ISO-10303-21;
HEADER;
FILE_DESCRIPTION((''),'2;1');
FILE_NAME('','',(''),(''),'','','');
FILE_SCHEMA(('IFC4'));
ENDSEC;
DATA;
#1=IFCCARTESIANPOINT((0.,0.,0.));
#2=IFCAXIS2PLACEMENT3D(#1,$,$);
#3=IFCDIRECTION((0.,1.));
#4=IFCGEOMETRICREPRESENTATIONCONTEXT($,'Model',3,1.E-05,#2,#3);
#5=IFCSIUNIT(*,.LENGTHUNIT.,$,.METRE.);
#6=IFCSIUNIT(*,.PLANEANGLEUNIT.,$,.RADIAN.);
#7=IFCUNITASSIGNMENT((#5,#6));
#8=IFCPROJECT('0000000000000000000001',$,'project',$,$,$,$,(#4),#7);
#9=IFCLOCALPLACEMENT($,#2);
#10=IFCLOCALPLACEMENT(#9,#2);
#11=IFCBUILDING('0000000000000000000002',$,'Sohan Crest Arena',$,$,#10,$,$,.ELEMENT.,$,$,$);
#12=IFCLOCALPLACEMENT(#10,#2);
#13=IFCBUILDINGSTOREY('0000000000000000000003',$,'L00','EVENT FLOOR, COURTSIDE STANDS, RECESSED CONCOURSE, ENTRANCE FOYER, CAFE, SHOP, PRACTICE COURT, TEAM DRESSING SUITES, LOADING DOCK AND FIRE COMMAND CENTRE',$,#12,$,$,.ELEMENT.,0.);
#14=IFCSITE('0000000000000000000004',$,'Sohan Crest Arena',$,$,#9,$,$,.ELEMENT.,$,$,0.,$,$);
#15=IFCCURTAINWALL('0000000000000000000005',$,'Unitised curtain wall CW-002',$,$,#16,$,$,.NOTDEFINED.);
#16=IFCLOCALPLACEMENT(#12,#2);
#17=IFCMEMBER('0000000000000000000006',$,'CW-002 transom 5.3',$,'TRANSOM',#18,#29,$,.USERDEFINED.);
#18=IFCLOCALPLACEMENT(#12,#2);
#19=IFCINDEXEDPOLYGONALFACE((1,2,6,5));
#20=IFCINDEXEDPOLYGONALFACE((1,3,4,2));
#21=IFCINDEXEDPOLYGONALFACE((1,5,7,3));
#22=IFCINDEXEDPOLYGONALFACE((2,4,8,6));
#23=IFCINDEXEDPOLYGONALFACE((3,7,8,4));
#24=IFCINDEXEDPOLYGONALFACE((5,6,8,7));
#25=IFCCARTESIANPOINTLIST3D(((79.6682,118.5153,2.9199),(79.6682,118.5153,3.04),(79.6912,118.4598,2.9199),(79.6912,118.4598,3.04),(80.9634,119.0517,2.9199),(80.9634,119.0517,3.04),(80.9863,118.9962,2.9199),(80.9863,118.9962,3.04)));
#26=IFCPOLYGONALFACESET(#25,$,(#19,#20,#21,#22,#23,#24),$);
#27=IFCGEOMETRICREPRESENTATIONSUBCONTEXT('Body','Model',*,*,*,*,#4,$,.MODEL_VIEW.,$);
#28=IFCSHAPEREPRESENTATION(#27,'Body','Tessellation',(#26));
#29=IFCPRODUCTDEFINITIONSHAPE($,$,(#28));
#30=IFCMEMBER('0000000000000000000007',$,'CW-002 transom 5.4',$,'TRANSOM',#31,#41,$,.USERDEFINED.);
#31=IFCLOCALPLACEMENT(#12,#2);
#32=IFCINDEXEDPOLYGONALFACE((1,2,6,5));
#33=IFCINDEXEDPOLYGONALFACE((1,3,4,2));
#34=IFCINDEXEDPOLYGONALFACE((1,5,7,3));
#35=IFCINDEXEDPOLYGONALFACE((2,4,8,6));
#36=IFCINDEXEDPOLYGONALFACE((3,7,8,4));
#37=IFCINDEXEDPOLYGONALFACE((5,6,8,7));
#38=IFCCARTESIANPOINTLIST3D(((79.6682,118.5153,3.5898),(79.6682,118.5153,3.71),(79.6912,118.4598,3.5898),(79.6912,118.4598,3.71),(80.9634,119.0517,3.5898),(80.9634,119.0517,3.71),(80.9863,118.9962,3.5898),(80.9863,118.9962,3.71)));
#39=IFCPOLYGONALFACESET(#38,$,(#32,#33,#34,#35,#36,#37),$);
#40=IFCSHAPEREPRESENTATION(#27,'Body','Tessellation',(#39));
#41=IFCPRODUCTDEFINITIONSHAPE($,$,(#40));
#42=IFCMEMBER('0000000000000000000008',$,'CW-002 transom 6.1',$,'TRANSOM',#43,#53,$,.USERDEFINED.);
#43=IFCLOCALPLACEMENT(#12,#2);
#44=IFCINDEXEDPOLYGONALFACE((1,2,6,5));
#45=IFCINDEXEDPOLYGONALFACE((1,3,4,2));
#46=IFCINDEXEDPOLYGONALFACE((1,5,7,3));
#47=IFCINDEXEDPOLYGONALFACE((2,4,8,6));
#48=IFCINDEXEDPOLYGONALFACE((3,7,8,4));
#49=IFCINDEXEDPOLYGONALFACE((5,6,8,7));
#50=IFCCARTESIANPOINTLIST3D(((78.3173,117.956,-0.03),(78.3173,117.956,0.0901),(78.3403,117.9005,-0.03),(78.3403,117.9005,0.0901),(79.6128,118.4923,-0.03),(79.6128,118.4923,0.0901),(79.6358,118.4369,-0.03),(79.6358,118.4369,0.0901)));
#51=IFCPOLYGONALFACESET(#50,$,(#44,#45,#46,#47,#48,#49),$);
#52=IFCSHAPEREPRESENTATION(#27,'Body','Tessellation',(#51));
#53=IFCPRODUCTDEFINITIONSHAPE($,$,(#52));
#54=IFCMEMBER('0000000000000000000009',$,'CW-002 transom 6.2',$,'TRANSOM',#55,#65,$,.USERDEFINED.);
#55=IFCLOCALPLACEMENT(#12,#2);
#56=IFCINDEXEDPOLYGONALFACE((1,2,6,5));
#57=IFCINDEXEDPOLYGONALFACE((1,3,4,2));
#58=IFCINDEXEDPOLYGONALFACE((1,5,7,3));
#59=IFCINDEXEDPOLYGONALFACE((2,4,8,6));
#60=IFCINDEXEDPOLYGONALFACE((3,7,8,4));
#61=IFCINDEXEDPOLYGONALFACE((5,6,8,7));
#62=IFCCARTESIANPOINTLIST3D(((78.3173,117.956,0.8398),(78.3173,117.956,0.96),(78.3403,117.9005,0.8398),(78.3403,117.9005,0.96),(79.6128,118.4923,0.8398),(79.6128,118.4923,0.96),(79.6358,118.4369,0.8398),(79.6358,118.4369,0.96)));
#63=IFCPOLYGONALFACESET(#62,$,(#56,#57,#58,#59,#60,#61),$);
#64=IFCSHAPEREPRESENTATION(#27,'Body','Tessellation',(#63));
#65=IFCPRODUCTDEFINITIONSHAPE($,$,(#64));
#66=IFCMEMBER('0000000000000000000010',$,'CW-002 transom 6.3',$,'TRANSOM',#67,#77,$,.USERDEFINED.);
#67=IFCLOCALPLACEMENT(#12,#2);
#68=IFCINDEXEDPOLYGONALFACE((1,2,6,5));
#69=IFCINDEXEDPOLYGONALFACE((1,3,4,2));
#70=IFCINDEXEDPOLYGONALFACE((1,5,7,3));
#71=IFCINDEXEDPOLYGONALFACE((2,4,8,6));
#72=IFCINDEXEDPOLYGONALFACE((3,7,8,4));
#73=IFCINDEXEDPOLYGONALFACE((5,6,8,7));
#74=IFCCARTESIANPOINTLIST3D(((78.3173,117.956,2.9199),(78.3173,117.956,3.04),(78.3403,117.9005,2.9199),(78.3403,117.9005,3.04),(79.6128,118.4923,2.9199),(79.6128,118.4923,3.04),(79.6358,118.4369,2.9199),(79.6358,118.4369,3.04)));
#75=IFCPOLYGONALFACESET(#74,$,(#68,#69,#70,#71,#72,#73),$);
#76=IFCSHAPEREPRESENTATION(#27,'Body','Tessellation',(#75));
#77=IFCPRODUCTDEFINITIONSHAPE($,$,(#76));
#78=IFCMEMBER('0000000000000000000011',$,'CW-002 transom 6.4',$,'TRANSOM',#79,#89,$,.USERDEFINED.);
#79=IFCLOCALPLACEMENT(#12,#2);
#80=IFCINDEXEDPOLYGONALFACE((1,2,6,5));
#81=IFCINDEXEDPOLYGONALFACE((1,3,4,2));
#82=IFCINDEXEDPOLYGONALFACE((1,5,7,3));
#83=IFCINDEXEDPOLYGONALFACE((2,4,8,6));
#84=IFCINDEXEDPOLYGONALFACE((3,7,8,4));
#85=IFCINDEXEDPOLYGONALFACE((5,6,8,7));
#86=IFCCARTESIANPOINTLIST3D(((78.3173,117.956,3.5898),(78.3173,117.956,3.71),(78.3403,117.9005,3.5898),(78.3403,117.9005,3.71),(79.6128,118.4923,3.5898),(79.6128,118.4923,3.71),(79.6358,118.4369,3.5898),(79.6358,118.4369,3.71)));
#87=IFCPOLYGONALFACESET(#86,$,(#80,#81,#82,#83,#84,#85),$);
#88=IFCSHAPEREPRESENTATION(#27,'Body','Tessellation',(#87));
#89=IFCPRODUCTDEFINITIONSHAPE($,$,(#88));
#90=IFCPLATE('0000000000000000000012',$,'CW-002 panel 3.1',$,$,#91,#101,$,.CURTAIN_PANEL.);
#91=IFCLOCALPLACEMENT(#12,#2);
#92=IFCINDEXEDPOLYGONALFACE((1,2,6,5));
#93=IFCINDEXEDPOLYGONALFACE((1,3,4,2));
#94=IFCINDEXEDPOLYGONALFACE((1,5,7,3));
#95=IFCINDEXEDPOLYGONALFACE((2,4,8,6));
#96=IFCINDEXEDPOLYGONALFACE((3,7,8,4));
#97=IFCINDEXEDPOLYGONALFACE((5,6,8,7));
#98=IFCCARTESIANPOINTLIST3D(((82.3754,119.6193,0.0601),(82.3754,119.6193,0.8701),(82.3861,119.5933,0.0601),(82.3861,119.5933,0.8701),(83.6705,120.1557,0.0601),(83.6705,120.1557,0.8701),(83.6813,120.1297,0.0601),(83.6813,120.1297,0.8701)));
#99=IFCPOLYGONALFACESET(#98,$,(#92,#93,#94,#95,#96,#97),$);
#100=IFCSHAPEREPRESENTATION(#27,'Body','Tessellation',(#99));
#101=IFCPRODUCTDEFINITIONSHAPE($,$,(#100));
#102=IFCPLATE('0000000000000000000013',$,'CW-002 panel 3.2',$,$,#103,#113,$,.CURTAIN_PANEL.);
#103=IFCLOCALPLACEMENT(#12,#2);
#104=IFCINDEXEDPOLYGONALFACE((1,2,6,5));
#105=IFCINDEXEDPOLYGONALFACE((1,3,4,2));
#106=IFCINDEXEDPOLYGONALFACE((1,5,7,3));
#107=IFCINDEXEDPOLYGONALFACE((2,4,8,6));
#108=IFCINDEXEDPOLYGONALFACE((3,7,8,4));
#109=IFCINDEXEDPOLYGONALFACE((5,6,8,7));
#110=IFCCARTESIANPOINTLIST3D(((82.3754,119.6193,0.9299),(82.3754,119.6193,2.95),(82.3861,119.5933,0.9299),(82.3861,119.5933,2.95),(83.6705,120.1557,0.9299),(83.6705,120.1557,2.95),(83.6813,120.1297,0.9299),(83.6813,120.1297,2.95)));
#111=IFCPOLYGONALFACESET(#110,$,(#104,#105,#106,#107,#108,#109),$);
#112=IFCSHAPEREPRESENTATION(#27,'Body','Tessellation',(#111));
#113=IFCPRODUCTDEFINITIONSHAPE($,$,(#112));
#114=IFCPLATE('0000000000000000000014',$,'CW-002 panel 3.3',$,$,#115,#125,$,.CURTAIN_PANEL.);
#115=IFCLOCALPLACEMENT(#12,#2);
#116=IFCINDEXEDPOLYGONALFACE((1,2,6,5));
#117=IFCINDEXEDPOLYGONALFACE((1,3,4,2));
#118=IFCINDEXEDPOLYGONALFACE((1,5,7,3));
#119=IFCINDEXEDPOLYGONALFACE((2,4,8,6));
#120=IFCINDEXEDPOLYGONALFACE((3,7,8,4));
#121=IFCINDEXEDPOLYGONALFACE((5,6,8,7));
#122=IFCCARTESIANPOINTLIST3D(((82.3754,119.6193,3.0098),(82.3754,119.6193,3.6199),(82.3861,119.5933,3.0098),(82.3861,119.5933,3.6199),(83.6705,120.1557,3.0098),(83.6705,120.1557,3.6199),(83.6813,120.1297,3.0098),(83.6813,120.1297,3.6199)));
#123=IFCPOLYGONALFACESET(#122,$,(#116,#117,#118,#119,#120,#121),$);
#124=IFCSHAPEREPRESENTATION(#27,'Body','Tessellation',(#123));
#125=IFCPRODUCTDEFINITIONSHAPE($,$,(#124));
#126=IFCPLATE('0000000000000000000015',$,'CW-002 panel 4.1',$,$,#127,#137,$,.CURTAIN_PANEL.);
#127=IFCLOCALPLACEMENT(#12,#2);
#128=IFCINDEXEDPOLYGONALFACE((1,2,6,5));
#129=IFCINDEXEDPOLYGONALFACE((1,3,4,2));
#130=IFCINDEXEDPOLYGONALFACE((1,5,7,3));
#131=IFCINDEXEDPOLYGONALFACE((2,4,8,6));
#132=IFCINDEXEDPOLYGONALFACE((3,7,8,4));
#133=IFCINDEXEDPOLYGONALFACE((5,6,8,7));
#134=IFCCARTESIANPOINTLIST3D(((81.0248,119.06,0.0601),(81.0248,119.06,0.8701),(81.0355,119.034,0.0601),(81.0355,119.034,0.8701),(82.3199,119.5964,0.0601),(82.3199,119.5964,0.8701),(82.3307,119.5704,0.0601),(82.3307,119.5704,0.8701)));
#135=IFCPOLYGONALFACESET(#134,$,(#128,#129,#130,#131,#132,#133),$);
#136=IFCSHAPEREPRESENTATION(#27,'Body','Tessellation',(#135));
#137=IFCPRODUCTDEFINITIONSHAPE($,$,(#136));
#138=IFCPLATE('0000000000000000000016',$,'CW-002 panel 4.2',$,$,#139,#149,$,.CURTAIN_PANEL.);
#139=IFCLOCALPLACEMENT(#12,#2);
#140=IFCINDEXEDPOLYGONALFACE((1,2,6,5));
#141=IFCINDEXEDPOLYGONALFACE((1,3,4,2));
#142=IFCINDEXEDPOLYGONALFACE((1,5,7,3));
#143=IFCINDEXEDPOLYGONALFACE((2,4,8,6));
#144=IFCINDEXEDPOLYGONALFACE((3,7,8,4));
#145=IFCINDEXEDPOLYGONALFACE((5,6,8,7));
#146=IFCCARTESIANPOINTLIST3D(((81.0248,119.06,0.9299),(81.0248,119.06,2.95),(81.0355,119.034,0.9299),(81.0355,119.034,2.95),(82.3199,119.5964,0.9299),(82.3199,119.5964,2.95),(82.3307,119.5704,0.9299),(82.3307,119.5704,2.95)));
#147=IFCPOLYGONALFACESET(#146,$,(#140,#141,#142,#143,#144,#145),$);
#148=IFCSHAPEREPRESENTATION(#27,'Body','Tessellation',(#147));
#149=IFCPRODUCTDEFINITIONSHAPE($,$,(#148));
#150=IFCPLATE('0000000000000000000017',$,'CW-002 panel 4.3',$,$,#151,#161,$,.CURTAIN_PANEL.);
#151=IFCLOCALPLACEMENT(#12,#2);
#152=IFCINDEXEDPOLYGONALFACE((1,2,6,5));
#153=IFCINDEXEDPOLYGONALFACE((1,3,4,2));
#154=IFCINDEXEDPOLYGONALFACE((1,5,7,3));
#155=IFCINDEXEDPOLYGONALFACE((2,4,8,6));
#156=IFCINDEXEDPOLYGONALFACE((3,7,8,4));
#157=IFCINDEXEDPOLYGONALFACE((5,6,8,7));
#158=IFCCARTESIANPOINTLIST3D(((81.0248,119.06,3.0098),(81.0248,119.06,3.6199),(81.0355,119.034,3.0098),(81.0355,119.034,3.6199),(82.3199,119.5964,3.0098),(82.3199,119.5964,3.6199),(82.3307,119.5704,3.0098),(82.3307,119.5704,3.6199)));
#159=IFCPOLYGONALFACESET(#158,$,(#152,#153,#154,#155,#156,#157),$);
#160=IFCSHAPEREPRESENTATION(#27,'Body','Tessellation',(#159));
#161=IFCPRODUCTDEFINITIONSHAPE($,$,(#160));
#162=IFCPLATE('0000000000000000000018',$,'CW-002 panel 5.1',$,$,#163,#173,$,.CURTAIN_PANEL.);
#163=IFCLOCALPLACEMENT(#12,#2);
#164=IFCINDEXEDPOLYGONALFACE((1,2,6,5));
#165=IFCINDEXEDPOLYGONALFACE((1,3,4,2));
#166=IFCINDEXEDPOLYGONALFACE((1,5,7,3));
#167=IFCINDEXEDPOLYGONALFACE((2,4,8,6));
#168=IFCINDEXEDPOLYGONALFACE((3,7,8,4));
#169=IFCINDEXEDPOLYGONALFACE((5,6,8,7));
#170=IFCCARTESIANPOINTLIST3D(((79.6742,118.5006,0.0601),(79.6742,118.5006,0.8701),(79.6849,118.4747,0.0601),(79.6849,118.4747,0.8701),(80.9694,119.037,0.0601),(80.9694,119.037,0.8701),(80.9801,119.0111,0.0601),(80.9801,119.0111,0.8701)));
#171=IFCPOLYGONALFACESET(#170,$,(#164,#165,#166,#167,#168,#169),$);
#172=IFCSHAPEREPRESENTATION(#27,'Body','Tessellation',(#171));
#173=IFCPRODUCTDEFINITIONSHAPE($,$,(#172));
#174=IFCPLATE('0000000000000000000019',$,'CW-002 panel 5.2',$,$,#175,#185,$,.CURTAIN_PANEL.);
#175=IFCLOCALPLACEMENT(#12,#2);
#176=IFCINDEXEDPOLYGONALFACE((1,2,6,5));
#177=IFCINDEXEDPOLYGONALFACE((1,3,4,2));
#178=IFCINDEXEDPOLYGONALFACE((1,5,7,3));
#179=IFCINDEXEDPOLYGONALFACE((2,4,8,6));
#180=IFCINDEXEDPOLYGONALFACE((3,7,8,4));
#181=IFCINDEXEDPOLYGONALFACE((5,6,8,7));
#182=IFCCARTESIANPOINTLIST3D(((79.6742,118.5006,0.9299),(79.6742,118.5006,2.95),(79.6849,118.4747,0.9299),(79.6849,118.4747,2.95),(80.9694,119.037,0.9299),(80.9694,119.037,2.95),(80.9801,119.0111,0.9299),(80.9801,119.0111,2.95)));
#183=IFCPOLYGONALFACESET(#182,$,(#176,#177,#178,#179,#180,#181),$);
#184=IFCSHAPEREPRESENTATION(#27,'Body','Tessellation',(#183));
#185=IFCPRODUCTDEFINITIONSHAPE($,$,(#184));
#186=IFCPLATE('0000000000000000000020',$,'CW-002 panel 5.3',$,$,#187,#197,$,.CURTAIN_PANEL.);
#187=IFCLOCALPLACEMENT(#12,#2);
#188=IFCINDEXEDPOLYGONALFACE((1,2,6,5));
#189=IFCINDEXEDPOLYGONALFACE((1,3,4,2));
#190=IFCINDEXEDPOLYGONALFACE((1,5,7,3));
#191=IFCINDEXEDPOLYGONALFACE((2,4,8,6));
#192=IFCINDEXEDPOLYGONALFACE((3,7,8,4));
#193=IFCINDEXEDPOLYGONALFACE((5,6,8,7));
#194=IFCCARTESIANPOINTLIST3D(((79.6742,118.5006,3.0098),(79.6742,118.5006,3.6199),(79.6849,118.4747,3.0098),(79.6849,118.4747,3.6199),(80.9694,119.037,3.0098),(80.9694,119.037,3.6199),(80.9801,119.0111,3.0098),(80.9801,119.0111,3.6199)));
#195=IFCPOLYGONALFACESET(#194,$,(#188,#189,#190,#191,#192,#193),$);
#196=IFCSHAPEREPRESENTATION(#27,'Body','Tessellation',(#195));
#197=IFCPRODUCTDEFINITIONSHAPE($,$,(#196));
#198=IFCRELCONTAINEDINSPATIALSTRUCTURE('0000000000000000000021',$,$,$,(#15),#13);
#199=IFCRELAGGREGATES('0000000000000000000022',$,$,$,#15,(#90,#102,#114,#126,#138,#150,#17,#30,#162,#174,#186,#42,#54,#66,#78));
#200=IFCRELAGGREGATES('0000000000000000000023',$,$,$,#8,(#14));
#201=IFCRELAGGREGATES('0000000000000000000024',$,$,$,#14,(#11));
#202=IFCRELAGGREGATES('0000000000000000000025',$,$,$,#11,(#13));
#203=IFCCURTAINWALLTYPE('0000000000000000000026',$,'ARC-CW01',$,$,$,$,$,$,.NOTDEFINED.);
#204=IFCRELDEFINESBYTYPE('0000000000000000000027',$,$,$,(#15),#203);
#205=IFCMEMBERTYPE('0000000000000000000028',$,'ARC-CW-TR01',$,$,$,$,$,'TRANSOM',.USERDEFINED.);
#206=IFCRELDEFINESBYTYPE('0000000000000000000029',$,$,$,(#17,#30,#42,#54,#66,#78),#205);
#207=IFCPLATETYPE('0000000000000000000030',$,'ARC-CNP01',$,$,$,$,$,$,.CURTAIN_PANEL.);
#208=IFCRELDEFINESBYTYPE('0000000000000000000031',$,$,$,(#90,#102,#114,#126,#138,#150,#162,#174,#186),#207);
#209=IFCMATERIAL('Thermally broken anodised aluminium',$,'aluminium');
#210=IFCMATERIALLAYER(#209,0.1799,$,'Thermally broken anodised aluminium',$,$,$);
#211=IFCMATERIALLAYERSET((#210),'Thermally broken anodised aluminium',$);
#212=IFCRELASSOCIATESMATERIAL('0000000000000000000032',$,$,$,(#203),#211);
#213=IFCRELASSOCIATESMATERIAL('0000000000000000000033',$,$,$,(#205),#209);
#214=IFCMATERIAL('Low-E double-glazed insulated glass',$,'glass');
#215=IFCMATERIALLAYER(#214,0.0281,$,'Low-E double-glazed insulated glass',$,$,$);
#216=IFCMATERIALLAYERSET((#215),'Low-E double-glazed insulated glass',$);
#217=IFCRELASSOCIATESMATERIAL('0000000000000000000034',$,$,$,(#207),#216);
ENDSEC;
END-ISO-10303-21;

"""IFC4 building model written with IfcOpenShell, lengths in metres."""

from ifc_helpers import new_model, si_unit, direction, frame, origin, origin_2d, place, context, subcontext, project, spatial, rectangle, extrude, material, layer, layer_set, material_profile, profile_set, type_object, element, aggregate, save


model = new_model("IFC4")

# Units and contexts
model_context = context("Model", 3, precision=1e-05, world=origin(), true_north=direction((0.0, 1.0)))
body_context = subcontext(model_context, "Body", "Model", "MODEL_VIEW")
ifc_project = project(units=[si_unit("LENGTHUNIT", "METRE"), si_unit("PLANEANGLEUNIT", "RADIAN")], contexts=[model_context])

# Site, building, storey
site_placement = place(None, origin())
site = spatial("IfcSite", under=ifc_project, at=site_placement, Name="Sohan Crest Arena", CompositionType="ELEMENT", RefElevation=0.0)
building_placement = place(site_placement, origin())
building = spatial("IfcBuilding", under=site, at=building_placement, Name="Sohan Crest Arena", CompositionType="ELEMENT")
storey_placement = place(building_placement, origin())
storey = spatial("IfcBuildingStorey", under=building, at=storey_placement, Name="L00", Description="EVENT FLOOR, COURTSIDE STANDS, RECESSED CONCOURSE, ENTRANCE FOYER, CAFE, SHOP, PRACTICE COURT, TEAM DRESSING SUITES, LOADING DOCK AND FIRE COMMAND CENTRE", CompositionType="ELEMENT", Elevation=0.0)

# Curtain wall, members, plates
ifc_material_1 = material(Name="Thermally broken anodised aluminium", Category="aluminium")
ifc_layer_1 = layer(ifc_material_1, 0.1799, Name="Thermally broken anodised aluminium")
ifc_layer_set_1 = layer_set([ifc_layer_1], Name="Thermally broken anodised aluminium")
curtain_wall_type = type_object("IfcCurtainWallType", Name="ARC-CW01", PredefinedType="NOTDEFINED", material=ifc_layer_set_1)
curtain_wall_placement = place(storey_placement, origin())
curtain_wall = element("IfcCurtainWall", 1, at=curtain_wall_placement, inside=storey, type_object=curtain_wall_type, Name="Unitised curtain wall CW-002", PredefinedType="NOTDEFINED")
ifc_material_profile_1 = material_profile(ifc_material_1, rectangle(XDim=0.0601, YDim=0.1201, at=origin_2d()), Name="ALU-TRAN 60x120")
ifc_profile_set_1 = profile_set([ifc_material_profile_1], Name="Thermally broken anodised aluminium")
member_type_1 = type_object("IfcMemberType", Name="ARC-CW-TR01", ElementType="TRANSOM", PredefinedType="USERDEFINED", material=ifc_profile_set_1)
member_1_placement = place(storey_placement, frame((80.9749, 119.0239, 2.98), z_axis=(-0.923904, -0.382624, 0.0), x_axis=(0.382624, -0.923904, 0.0)))
member_1 = element("IfcMember", 2, at=member_1_placement, type_object=member_type_1, Name="CW-002 transom 5.3", ObjectType="TRANSOM", PredefinedType="USERDEFINED", context=body_context, shape_type="SweptSolid", body=[
    extrude(rectangle(XDim=0.0601, YDim=0.1201, at=origin_2d()), origin(), (0.0, 0.0, 1.0), 1.4019),
])
member_2_placement = place(storey_placement, frame((80.9749, 119.0239, 3.6499), z_axis=(-0.923904, -0.382624, 0.0), x_axis=(0.382624, -0.923904, 0.0)))
member_2 = element("IfcMember", 3, at=member_2_placement, type_object=member_type_1, Name="CW-002 transom 5.4", ObjectType="TRANSOM", PredefinedType="USERDEFINED", context=body_context, shape_type="SweptSolid", body=[
    extrude(rectangle(XDim=0.0601, YDim=0.1201, at=origin_2d()), origin(), (0.0, 0.0, 1.0), 1.4019),
])
member_3_placement = place(storey_placement, frame((79.6243, 118.4646, 0.03), z_axis=(-0.92393, -0.382562, 0.0), x_axis=(0.382562, -0.92393, 0.0)))
member_3 = element("IfcMember", 4, at=member_3_placement, type_object=member_type_1, Name="CW-002 transom 6.1", ObjectType="TRANSOM", PredefinedType="USERDEFINED", context=body_context, shape_type="SweptSolid", body=[
    extrude(rectangle(XDim=0.0601, YDim=0.1201, at=origin_2d()), origin(), (0.0, 0.0, 1.0), 1.4021),
])
member_4_placement = place(storey_placement, frame((79.6243, 118.4646, 0.8999), z_axis=(-0.92393, -0.382562, 0.0), x_axis=(0.382562, -0.92393, 0.0)))
member_4 = element("IfcMember", 5, at=member_4_placement, type_object=member_type_1, Name="CW-002 transom 6.2", ObjectType="TRANSOM", PredefinedType="USERDEFINED", context=body_context, shape_type="SweptSolid", body=[
    extrude(rectangle(XDim=0.0601, YDim=0.1201, at=origin_2d()), origin(), (0.0, 0.0, 1.0), 1.4021),
])
member_5_placement = place(storey_placement, frame((79.6243, 118.4646, 2.98), z_axis=(-0.92393, -0.382562, 0.0), x_axis=(0.382562, -0.92393, 0.0)))
member_5 = element("IfcMember", 6, at=member_5_placement, type_object=member_type_1, Name="CW-002 transom 6.3", ObjectType="TRANSOM", PredefinedType="USERDEFINED", context=body_context, shape_type="SweptSolid", body=[
    extrude(rectangle(XDim=0.0601, YDim=0.1201, at=origin_2d()), origin(), (0.0, 0.0, 1.0), 1.4021),
])
member_6_placement = place(storey_placement, frame((79.6243, 118.4646, 3.6499), z_axis=(-0.92393, -0.382562, 0.0), x_axis=(0.382562, -0.92393, 0.0)))
member_6 = element("IfcMember", 7, at=member_6_placement, type_object=member_type_1, Name="CW-002 transom 6.4", ObjectType="TRANSOM", PredefinedType="USERDEFINED", context=body_context, shape_type="SweptSolid", body=[
    extrude(rectangle(XDim=0.0601, YDim=0.1201, at=origin_2d()), origin(), (0.0, 0.0, 1.0), 1.4021),
])
ifc_material_2 = material(Name="Low-E double-glazed insulated glass", Category="glass")
ifc_layer_2 = layer(ifc_material_2, 0.0281, Name="Low-E double-glazed insulated glass")
ifc_layer_set_2 = layer_set([ifc_layer_2], Name="Low-E double-glazed insulated glass")
plate_type = type_object("IfcPlateType", Name="ARC-CNP01", PredefinedType="CURTAIN_PANEL", material=ifc_layer_set_2)
plate_1_placement = place(storey_placement, frame((83.0283, 119.8745, 0.0601), z_axis=(0.0, 0.0, 1.0), x_axis=(-0.923897, -0.382641, 0.0)))
plate_1 = element("IfcPlate", 8, at=plate_1_placement, type_object=plate_type, Name="CW-002 panel 3.1", PredefinedType="CURTAIN_PANEL", context=body_context, shape_type="SweptSolid", body=[
    extrude(rectangle(XDim=1.4019, YDim=0.0281, at=origin_2d()), origin(), (0.0, 0.0, 1.0), 0.8101),
])
plate_2_placement = place(storey_placement, frame((83.0283, 119.8745, 0.9299), z_axis=(0.0, 0.0, 1.0), x_axis=(-0.923897, -0.382641, 0.0)))
plate_2 = element("IfcPlate", 9, at=plate_2_placement, type_object=plate_type, Name="CW-002 panel 3.2", PredefinedType="CURTAIN_PANEL", context=body_context, shape_type="SweptSolid", body=[
    extrude(rectangle(XDim=1.4019, YDim=0.0281, at=origin_2d()), origin(), (0.0, 0.0, 1.0), 2.02),
])
plate_3_placement = place(storey_placement, frame((83.0283, 119.8745, 3.0098), z_axis=(0.0, 0.0, 1.0), x_axis=(-0.923897, -0.382641, 0.0)))
plate_3 = element("IfcPlate", 10, at=plate_3_placement, type_object=plate_type, Name="CW-002 panel 3.3", PredefinedType="CURTAIN_PANEL", context=body_context, shape_type="SweptSolid", body=[
    extrude(rectangle(XDim=1.4019, YDim=0.0281, at=origin_2d()), origin(), (0.0, 0.0, 1.0), 0.6101),
])
plate_4_placement = place(storey_placement, frame((81.6777, 119.3152, 0.0601), z_axis=(0.0, 0.0, 1.0), x_axis=(-0.923897, -0.382641, 0.0)))
plate_4 = element("IfcPlate", 11, at=plate_4_placement, type_object=plate_type, Name="CW-002 panel 4.1", PredefinedType="CURTAIN_PANEL", context=body_context, shape_type="SweptSolid", body=[
    extrude(rectangle(XDim=1.4019, YDim=0.0281, at=origin_2d()), origin(), (0.0, 0.0, 1.0), 0.8101),
])
plate_5_placement = place(storey_placement, frame((81.6777, 119.3152, 0.9299), z_axis=(0.0, 0.0, 1.0), x_axis=(-0.923897, -0.382641, 0.0)))
plate_5 = element("IfcPlate", 12, at=plate_5_placement, type_object=plate_type, Name="CW-002 panel 4.2", PredefinedType="CURTAIN_PANEL", context=body_context, shape_type="SweptSolid", body=[
    extrude(rectangle(XDim=1.4019, YDim=0.0281, at=origin_2d()), origin(), (0.0, 0.0, 1.0), 2.02),
])
plate_6_placement = place(storey_placement, frame((81.6777, 119.3152, 3.0098), z_axis=(0.0, 0.0, 1.0), x_axis=(-0.923897, -0.382641, 0.0)))
plate_6 = element("IfcPlate", 13, at=plate_6_placement, type_object=plate_type, Name="CW-002 panel 4.3", PredefinedType="CURTAIN_PANEL", context=body_context, shape_type="SweptSolid", body=[
    extrude(rectangle(XDim=1.4019, YDim=0.0281, at=origin_2d()), origin(), (0.0, 0.0, 1.0), 0.6101),
])
plate_7_placement = place(storey_placement, frame((80.3271, 118.7559, 0.0601), z_axis=(0.0, 0.0, 1.0), x_axis=(-0.923897, -0.382641, 0.0)))
plate_7 = element("IfcPlate", 14, at=plate_7_placement, type_object=plate_type, Name="CW-002 panel 5.1", PredefinedType="CURTAIN_PANEL", context=body_context, shape_type="SweptSolid", body=[
    extrude(rectangle(XDim=1.4019, YDim=0.0281, at=origin_2d()), origin(), (0.0, 0.0, 1.0), 0.8101),
])
plate_8_placement = place(storey_placement, frame((80.3271, 118.7559, 0.9299), z_axis=(0.0, 0.0, 1.0), x_axis=(-0.923897, -0.382641, 0.0)))
plate_8 = element("IfcPlate", 15, at=plate_8_placement, type_object=plate_type, Name="CW-002 panel 5.2", PredefinedType="CURTAIN_PANEL", context=body_context, shape_type="SweptSolid", body=[
    extrude(rectangle(XDim=1.4019, YDim=0.0281, at=origin_2d()), origin(), (0.0, 0.0, 1.0), 2.02),
])
plate_9_placement = place(storey_placement, frame((80.3271, 118.7559, 3.0098), z_axis=(0.0, 0.0, 1.0), x_axis=(-0.923897, -0.382641, 0.0)))
plate_9 = element("IfcPlate", 16, at=plate_9_placement, type_object=plate_type, Name="CW-002 panel 5.3", PredefinedType="CURTAIN_PANEL", context=body_context, shape_type="SweptSolid", body=[
    extrude(rectangle(XDim=1.4019, YDim=0.0281, at=origin_2d()), origin(), (0.0, 0.0, 1.0), 0.6101),
])
aggregate(curtain_wall, [plate_1, plate_2, plate_3, plate_4, plate_5, plate_6, member_1, member_2, plate_7, plate_8, plate_9, member_3, member_4, member_5, member_6])

save(model, "model.ifc")
